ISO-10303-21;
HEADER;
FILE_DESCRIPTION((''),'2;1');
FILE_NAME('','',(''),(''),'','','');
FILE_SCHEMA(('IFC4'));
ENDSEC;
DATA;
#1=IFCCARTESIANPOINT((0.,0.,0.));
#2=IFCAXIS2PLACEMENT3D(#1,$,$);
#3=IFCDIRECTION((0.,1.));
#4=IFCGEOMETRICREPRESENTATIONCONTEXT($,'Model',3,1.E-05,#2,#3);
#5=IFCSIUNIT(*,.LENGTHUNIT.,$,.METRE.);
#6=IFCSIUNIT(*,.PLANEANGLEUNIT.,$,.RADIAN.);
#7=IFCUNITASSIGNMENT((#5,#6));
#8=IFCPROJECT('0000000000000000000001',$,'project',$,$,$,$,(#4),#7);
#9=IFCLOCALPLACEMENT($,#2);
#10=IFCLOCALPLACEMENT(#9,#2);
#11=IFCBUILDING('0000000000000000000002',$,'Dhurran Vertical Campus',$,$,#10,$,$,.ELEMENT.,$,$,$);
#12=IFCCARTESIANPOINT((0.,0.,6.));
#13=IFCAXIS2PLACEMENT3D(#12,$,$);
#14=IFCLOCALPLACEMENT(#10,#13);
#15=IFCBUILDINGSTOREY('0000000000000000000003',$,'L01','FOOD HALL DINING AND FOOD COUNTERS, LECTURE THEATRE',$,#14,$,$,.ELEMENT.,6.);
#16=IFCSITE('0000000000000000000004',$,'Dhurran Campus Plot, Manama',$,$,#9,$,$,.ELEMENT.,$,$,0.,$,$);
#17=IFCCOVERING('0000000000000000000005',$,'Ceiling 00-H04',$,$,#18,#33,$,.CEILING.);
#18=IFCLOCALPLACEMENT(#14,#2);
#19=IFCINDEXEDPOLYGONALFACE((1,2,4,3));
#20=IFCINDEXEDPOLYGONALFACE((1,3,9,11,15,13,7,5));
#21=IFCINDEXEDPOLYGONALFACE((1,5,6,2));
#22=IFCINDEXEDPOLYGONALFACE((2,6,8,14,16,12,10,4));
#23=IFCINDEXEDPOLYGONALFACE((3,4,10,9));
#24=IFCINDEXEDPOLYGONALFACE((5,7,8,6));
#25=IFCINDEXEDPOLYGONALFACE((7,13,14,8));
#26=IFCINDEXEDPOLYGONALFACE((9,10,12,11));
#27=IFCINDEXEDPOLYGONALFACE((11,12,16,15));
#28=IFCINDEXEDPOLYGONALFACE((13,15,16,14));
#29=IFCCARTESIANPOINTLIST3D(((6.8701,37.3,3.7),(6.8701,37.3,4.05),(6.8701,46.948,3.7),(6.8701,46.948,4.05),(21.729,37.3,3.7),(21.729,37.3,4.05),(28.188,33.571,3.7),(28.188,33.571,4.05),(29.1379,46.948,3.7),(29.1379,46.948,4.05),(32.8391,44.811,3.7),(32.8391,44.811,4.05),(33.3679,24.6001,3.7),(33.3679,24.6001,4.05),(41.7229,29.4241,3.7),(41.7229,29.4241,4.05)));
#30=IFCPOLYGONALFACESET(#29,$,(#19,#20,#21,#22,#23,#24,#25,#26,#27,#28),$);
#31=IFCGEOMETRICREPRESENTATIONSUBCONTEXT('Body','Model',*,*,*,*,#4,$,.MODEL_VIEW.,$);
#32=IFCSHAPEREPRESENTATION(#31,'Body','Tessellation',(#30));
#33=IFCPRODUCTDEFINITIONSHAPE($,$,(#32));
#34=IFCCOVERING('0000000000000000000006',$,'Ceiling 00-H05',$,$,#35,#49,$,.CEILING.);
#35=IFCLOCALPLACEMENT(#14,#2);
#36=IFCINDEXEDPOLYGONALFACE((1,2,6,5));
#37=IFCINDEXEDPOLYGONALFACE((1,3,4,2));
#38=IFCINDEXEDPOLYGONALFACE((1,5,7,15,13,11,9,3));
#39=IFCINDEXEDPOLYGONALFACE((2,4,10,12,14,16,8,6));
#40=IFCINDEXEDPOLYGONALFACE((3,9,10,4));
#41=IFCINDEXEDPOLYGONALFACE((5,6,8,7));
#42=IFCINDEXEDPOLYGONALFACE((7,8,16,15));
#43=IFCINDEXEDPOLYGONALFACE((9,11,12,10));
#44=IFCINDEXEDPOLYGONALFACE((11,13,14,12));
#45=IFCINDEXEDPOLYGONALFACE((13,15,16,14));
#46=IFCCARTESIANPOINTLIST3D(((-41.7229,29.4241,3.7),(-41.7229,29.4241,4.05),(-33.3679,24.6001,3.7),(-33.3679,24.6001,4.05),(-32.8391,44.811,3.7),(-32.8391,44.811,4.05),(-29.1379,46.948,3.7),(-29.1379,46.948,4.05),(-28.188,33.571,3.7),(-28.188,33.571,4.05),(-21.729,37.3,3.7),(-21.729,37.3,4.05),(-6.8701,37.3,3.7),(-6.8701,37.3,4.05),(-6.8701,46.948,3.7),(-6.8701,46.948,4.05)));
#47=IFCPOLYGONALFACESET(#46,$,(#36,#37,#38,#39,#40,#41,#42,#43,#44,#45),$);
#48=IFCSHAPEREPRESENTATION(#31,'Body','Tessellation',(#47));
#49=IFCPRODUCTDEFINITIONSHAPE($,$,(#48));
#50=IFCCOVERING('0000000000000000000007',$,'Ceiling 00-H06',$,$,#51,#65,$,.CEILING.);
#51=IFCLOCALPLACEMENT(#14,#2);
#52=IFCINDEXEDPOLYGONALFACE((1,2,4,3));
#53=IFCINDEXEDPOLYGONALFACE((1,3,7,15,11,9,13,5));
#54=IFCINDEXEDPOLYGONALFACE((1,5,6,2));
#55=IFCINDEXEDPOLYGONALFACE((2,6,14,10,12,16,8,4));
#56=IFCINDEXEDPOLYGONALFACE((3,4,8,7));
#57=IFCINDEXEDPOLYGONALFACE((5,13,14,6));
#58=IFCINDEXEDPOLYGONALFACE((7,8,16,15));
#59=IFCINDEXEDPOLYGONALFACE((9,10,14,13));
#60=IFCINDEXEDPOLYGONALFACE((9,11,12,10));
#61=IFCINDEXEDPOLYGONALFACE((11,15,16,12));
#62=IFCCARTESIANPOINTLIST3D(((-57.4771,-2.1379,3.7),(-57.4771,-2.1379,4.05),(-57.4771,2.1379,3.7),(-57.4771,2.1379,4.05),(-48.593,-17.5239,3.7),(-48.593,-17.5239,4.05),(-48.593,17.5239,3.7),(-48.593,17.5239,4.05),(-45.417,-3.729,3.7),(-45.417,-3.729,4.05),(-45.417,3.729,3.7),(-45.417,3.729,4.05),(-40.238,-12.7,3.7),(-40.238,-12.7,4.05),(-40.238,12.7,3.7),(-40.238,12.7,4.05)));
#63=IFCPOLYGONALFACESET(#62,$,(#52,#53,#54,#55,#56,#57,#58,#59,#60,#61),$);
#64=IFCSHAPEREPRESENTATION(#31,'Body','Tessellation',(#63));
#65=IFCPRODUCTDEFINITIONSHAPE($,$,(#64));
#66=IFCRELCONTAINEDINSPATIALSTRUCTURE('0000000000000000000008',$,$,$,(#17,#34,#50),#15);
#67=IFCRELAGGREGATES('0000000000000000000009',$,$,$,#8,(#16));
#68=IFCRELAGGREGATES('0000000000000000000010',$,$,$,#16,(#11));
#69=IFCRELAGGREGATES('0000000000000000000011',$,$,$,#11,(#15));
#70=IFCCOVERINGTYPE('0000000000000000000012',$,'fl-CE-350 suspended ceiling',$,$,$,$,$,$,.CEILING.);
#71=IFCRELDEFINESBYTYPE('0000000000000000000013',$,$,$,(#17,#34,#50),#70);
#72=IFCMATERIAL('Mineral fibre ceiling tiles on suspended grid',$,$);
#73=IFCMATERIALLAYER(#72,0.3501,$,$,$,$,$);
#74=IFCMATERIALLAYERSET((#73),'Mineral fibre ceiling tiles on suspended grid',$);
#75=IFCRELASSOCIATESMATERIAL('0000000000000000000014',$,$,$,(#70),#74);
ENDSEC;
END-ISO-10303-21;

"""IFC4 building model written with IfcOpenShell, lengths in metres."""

from ifc_helpers import new_model, si_unit, direction, frame, origin, place, context, subcontext, project, spatial, polyline, outline, extrude, material, layer, layer_set, type_object, element, save


model = new_model("IFC4")

# Units and contexts
model_context = context("Model", 3, precision=1e-05, world=origin(), true_north=direction((0.0, 1.0)))
body_context = subcontext(model_context, "Body", "Model", "MODEL_VIEW")
ifc_project = project(units=[si_unit("LENGTHUNIT", "METRE"), si_unit("PLANEANGLEUNIT", "RADIAN")], contexts=[model_context])

# Site, building, storey
site_placement = place(None, origin())
site = spatial("IfcSite", under=ifc_project, at=site_placement, Name="Dhurran Campus Plot, Manama", CompositionType="ELEMENT", RefElevation=0.0)
building_placement = place(site_placement, origin())
building = spatial("IfcBuilding", under=site, at=building_placement, Name="Dhurran Vertical Campus", CompositionType="ELEMENT")
storey_placement = place(building_placement, frame((0.0, 0.0, 6.0)))
storey = spatial("IfcBuildingStorey", under=building, at=storey_placement, Name="L01", Description="FOOD HALL DINING AND FOOD COUNTERS, LECTURE THEATRE", CompositionType="ELEMENT", Elevation=6.0)

# Coverings
ifc_material_1 = material(Name="Mineral fibre ceiling tiles on suspended grid")
ifc_layer_1 = layer(ifc_material_1, 0.3501)
ifc_layer_set_1 = layer_set([ifc_layer_1], Name="Mineral fibre ceiling tiles on suspended grid")
covering_type = type_object("IfcCoveringType", Name="fl-CE-350 suspended ceiling", PredefinedType="CEILING", material=ifc_layer_set_1)
covering_1_placement = place(storey_placement, frame((0.0, 0.0, 3.7)))
element("IfcCovering", 1, at=covering_1_placement, inside=storey, type_object=covering_type, Name="Ceiling 00-H04", PredefinedType="CEILING", context=body_context, shape_type="SweptSolid", body=[
    extrude(outline(polyline([(6.8701, 46.948), (29.1379, 46.948), (32.8391, 44.811), (41.7229, 29.4241), (33.3679, 24.6001), (28.188, 33.571), (21.729, 37.3), (6.8701, 37.3), (6.8701, 46.948)])), origin(), (0.0, 0.0, 1.0), 0.3501),
])
covering_2_placement = place(storey_placement, frame((0.0, 0.0, 3.7)))
element("IfcCovering", 2, at=covering_2_placement, inside=storey, type_object=covering_type, Name="Ceiling 00-H05", PredefinedType="CEILING", context=body_context, shape_type="SweptSolid", body=[
    extrude(outline(polyline([(-32.8391, 44.811), (-29.1379, 46.948), (-6.8701, 46.948), (-6.8701, 37.3), (-21.729, 37.3), (-28.188, 33.571), (-33.3679, 24.6001), (-41.7229, 29.4241), (-32.8391, 44.811)])), origin(), (0.0, 0.0, 1.0), 0.3501),
])
covering_3_placement = place(storey_placement, frame((0.0, 0.0, 3.7)))
element("IfcCovering", 3, at=covering_3_placement, inside=storey, type_object=covering_type, Name="Ceiling 00-H06", PredefinedType="CEILING", context=body_context, shape_type="SweptSolid", body=[
    extrude(outline(polyline([(-48.593, -17.5239), (-57.4771, -2.1379), (-57.4771, 2.1379), (-48.593, 17.5239), (-40.238, 12.7), (-45.417, 3.729), (-45.417, -3.729), (-40.238, -12.7), (-48.593, -17.5239)])), origin(), (0.0, 0.0, 1.0), 0.3501),
])

save(model, "model.ifc")
